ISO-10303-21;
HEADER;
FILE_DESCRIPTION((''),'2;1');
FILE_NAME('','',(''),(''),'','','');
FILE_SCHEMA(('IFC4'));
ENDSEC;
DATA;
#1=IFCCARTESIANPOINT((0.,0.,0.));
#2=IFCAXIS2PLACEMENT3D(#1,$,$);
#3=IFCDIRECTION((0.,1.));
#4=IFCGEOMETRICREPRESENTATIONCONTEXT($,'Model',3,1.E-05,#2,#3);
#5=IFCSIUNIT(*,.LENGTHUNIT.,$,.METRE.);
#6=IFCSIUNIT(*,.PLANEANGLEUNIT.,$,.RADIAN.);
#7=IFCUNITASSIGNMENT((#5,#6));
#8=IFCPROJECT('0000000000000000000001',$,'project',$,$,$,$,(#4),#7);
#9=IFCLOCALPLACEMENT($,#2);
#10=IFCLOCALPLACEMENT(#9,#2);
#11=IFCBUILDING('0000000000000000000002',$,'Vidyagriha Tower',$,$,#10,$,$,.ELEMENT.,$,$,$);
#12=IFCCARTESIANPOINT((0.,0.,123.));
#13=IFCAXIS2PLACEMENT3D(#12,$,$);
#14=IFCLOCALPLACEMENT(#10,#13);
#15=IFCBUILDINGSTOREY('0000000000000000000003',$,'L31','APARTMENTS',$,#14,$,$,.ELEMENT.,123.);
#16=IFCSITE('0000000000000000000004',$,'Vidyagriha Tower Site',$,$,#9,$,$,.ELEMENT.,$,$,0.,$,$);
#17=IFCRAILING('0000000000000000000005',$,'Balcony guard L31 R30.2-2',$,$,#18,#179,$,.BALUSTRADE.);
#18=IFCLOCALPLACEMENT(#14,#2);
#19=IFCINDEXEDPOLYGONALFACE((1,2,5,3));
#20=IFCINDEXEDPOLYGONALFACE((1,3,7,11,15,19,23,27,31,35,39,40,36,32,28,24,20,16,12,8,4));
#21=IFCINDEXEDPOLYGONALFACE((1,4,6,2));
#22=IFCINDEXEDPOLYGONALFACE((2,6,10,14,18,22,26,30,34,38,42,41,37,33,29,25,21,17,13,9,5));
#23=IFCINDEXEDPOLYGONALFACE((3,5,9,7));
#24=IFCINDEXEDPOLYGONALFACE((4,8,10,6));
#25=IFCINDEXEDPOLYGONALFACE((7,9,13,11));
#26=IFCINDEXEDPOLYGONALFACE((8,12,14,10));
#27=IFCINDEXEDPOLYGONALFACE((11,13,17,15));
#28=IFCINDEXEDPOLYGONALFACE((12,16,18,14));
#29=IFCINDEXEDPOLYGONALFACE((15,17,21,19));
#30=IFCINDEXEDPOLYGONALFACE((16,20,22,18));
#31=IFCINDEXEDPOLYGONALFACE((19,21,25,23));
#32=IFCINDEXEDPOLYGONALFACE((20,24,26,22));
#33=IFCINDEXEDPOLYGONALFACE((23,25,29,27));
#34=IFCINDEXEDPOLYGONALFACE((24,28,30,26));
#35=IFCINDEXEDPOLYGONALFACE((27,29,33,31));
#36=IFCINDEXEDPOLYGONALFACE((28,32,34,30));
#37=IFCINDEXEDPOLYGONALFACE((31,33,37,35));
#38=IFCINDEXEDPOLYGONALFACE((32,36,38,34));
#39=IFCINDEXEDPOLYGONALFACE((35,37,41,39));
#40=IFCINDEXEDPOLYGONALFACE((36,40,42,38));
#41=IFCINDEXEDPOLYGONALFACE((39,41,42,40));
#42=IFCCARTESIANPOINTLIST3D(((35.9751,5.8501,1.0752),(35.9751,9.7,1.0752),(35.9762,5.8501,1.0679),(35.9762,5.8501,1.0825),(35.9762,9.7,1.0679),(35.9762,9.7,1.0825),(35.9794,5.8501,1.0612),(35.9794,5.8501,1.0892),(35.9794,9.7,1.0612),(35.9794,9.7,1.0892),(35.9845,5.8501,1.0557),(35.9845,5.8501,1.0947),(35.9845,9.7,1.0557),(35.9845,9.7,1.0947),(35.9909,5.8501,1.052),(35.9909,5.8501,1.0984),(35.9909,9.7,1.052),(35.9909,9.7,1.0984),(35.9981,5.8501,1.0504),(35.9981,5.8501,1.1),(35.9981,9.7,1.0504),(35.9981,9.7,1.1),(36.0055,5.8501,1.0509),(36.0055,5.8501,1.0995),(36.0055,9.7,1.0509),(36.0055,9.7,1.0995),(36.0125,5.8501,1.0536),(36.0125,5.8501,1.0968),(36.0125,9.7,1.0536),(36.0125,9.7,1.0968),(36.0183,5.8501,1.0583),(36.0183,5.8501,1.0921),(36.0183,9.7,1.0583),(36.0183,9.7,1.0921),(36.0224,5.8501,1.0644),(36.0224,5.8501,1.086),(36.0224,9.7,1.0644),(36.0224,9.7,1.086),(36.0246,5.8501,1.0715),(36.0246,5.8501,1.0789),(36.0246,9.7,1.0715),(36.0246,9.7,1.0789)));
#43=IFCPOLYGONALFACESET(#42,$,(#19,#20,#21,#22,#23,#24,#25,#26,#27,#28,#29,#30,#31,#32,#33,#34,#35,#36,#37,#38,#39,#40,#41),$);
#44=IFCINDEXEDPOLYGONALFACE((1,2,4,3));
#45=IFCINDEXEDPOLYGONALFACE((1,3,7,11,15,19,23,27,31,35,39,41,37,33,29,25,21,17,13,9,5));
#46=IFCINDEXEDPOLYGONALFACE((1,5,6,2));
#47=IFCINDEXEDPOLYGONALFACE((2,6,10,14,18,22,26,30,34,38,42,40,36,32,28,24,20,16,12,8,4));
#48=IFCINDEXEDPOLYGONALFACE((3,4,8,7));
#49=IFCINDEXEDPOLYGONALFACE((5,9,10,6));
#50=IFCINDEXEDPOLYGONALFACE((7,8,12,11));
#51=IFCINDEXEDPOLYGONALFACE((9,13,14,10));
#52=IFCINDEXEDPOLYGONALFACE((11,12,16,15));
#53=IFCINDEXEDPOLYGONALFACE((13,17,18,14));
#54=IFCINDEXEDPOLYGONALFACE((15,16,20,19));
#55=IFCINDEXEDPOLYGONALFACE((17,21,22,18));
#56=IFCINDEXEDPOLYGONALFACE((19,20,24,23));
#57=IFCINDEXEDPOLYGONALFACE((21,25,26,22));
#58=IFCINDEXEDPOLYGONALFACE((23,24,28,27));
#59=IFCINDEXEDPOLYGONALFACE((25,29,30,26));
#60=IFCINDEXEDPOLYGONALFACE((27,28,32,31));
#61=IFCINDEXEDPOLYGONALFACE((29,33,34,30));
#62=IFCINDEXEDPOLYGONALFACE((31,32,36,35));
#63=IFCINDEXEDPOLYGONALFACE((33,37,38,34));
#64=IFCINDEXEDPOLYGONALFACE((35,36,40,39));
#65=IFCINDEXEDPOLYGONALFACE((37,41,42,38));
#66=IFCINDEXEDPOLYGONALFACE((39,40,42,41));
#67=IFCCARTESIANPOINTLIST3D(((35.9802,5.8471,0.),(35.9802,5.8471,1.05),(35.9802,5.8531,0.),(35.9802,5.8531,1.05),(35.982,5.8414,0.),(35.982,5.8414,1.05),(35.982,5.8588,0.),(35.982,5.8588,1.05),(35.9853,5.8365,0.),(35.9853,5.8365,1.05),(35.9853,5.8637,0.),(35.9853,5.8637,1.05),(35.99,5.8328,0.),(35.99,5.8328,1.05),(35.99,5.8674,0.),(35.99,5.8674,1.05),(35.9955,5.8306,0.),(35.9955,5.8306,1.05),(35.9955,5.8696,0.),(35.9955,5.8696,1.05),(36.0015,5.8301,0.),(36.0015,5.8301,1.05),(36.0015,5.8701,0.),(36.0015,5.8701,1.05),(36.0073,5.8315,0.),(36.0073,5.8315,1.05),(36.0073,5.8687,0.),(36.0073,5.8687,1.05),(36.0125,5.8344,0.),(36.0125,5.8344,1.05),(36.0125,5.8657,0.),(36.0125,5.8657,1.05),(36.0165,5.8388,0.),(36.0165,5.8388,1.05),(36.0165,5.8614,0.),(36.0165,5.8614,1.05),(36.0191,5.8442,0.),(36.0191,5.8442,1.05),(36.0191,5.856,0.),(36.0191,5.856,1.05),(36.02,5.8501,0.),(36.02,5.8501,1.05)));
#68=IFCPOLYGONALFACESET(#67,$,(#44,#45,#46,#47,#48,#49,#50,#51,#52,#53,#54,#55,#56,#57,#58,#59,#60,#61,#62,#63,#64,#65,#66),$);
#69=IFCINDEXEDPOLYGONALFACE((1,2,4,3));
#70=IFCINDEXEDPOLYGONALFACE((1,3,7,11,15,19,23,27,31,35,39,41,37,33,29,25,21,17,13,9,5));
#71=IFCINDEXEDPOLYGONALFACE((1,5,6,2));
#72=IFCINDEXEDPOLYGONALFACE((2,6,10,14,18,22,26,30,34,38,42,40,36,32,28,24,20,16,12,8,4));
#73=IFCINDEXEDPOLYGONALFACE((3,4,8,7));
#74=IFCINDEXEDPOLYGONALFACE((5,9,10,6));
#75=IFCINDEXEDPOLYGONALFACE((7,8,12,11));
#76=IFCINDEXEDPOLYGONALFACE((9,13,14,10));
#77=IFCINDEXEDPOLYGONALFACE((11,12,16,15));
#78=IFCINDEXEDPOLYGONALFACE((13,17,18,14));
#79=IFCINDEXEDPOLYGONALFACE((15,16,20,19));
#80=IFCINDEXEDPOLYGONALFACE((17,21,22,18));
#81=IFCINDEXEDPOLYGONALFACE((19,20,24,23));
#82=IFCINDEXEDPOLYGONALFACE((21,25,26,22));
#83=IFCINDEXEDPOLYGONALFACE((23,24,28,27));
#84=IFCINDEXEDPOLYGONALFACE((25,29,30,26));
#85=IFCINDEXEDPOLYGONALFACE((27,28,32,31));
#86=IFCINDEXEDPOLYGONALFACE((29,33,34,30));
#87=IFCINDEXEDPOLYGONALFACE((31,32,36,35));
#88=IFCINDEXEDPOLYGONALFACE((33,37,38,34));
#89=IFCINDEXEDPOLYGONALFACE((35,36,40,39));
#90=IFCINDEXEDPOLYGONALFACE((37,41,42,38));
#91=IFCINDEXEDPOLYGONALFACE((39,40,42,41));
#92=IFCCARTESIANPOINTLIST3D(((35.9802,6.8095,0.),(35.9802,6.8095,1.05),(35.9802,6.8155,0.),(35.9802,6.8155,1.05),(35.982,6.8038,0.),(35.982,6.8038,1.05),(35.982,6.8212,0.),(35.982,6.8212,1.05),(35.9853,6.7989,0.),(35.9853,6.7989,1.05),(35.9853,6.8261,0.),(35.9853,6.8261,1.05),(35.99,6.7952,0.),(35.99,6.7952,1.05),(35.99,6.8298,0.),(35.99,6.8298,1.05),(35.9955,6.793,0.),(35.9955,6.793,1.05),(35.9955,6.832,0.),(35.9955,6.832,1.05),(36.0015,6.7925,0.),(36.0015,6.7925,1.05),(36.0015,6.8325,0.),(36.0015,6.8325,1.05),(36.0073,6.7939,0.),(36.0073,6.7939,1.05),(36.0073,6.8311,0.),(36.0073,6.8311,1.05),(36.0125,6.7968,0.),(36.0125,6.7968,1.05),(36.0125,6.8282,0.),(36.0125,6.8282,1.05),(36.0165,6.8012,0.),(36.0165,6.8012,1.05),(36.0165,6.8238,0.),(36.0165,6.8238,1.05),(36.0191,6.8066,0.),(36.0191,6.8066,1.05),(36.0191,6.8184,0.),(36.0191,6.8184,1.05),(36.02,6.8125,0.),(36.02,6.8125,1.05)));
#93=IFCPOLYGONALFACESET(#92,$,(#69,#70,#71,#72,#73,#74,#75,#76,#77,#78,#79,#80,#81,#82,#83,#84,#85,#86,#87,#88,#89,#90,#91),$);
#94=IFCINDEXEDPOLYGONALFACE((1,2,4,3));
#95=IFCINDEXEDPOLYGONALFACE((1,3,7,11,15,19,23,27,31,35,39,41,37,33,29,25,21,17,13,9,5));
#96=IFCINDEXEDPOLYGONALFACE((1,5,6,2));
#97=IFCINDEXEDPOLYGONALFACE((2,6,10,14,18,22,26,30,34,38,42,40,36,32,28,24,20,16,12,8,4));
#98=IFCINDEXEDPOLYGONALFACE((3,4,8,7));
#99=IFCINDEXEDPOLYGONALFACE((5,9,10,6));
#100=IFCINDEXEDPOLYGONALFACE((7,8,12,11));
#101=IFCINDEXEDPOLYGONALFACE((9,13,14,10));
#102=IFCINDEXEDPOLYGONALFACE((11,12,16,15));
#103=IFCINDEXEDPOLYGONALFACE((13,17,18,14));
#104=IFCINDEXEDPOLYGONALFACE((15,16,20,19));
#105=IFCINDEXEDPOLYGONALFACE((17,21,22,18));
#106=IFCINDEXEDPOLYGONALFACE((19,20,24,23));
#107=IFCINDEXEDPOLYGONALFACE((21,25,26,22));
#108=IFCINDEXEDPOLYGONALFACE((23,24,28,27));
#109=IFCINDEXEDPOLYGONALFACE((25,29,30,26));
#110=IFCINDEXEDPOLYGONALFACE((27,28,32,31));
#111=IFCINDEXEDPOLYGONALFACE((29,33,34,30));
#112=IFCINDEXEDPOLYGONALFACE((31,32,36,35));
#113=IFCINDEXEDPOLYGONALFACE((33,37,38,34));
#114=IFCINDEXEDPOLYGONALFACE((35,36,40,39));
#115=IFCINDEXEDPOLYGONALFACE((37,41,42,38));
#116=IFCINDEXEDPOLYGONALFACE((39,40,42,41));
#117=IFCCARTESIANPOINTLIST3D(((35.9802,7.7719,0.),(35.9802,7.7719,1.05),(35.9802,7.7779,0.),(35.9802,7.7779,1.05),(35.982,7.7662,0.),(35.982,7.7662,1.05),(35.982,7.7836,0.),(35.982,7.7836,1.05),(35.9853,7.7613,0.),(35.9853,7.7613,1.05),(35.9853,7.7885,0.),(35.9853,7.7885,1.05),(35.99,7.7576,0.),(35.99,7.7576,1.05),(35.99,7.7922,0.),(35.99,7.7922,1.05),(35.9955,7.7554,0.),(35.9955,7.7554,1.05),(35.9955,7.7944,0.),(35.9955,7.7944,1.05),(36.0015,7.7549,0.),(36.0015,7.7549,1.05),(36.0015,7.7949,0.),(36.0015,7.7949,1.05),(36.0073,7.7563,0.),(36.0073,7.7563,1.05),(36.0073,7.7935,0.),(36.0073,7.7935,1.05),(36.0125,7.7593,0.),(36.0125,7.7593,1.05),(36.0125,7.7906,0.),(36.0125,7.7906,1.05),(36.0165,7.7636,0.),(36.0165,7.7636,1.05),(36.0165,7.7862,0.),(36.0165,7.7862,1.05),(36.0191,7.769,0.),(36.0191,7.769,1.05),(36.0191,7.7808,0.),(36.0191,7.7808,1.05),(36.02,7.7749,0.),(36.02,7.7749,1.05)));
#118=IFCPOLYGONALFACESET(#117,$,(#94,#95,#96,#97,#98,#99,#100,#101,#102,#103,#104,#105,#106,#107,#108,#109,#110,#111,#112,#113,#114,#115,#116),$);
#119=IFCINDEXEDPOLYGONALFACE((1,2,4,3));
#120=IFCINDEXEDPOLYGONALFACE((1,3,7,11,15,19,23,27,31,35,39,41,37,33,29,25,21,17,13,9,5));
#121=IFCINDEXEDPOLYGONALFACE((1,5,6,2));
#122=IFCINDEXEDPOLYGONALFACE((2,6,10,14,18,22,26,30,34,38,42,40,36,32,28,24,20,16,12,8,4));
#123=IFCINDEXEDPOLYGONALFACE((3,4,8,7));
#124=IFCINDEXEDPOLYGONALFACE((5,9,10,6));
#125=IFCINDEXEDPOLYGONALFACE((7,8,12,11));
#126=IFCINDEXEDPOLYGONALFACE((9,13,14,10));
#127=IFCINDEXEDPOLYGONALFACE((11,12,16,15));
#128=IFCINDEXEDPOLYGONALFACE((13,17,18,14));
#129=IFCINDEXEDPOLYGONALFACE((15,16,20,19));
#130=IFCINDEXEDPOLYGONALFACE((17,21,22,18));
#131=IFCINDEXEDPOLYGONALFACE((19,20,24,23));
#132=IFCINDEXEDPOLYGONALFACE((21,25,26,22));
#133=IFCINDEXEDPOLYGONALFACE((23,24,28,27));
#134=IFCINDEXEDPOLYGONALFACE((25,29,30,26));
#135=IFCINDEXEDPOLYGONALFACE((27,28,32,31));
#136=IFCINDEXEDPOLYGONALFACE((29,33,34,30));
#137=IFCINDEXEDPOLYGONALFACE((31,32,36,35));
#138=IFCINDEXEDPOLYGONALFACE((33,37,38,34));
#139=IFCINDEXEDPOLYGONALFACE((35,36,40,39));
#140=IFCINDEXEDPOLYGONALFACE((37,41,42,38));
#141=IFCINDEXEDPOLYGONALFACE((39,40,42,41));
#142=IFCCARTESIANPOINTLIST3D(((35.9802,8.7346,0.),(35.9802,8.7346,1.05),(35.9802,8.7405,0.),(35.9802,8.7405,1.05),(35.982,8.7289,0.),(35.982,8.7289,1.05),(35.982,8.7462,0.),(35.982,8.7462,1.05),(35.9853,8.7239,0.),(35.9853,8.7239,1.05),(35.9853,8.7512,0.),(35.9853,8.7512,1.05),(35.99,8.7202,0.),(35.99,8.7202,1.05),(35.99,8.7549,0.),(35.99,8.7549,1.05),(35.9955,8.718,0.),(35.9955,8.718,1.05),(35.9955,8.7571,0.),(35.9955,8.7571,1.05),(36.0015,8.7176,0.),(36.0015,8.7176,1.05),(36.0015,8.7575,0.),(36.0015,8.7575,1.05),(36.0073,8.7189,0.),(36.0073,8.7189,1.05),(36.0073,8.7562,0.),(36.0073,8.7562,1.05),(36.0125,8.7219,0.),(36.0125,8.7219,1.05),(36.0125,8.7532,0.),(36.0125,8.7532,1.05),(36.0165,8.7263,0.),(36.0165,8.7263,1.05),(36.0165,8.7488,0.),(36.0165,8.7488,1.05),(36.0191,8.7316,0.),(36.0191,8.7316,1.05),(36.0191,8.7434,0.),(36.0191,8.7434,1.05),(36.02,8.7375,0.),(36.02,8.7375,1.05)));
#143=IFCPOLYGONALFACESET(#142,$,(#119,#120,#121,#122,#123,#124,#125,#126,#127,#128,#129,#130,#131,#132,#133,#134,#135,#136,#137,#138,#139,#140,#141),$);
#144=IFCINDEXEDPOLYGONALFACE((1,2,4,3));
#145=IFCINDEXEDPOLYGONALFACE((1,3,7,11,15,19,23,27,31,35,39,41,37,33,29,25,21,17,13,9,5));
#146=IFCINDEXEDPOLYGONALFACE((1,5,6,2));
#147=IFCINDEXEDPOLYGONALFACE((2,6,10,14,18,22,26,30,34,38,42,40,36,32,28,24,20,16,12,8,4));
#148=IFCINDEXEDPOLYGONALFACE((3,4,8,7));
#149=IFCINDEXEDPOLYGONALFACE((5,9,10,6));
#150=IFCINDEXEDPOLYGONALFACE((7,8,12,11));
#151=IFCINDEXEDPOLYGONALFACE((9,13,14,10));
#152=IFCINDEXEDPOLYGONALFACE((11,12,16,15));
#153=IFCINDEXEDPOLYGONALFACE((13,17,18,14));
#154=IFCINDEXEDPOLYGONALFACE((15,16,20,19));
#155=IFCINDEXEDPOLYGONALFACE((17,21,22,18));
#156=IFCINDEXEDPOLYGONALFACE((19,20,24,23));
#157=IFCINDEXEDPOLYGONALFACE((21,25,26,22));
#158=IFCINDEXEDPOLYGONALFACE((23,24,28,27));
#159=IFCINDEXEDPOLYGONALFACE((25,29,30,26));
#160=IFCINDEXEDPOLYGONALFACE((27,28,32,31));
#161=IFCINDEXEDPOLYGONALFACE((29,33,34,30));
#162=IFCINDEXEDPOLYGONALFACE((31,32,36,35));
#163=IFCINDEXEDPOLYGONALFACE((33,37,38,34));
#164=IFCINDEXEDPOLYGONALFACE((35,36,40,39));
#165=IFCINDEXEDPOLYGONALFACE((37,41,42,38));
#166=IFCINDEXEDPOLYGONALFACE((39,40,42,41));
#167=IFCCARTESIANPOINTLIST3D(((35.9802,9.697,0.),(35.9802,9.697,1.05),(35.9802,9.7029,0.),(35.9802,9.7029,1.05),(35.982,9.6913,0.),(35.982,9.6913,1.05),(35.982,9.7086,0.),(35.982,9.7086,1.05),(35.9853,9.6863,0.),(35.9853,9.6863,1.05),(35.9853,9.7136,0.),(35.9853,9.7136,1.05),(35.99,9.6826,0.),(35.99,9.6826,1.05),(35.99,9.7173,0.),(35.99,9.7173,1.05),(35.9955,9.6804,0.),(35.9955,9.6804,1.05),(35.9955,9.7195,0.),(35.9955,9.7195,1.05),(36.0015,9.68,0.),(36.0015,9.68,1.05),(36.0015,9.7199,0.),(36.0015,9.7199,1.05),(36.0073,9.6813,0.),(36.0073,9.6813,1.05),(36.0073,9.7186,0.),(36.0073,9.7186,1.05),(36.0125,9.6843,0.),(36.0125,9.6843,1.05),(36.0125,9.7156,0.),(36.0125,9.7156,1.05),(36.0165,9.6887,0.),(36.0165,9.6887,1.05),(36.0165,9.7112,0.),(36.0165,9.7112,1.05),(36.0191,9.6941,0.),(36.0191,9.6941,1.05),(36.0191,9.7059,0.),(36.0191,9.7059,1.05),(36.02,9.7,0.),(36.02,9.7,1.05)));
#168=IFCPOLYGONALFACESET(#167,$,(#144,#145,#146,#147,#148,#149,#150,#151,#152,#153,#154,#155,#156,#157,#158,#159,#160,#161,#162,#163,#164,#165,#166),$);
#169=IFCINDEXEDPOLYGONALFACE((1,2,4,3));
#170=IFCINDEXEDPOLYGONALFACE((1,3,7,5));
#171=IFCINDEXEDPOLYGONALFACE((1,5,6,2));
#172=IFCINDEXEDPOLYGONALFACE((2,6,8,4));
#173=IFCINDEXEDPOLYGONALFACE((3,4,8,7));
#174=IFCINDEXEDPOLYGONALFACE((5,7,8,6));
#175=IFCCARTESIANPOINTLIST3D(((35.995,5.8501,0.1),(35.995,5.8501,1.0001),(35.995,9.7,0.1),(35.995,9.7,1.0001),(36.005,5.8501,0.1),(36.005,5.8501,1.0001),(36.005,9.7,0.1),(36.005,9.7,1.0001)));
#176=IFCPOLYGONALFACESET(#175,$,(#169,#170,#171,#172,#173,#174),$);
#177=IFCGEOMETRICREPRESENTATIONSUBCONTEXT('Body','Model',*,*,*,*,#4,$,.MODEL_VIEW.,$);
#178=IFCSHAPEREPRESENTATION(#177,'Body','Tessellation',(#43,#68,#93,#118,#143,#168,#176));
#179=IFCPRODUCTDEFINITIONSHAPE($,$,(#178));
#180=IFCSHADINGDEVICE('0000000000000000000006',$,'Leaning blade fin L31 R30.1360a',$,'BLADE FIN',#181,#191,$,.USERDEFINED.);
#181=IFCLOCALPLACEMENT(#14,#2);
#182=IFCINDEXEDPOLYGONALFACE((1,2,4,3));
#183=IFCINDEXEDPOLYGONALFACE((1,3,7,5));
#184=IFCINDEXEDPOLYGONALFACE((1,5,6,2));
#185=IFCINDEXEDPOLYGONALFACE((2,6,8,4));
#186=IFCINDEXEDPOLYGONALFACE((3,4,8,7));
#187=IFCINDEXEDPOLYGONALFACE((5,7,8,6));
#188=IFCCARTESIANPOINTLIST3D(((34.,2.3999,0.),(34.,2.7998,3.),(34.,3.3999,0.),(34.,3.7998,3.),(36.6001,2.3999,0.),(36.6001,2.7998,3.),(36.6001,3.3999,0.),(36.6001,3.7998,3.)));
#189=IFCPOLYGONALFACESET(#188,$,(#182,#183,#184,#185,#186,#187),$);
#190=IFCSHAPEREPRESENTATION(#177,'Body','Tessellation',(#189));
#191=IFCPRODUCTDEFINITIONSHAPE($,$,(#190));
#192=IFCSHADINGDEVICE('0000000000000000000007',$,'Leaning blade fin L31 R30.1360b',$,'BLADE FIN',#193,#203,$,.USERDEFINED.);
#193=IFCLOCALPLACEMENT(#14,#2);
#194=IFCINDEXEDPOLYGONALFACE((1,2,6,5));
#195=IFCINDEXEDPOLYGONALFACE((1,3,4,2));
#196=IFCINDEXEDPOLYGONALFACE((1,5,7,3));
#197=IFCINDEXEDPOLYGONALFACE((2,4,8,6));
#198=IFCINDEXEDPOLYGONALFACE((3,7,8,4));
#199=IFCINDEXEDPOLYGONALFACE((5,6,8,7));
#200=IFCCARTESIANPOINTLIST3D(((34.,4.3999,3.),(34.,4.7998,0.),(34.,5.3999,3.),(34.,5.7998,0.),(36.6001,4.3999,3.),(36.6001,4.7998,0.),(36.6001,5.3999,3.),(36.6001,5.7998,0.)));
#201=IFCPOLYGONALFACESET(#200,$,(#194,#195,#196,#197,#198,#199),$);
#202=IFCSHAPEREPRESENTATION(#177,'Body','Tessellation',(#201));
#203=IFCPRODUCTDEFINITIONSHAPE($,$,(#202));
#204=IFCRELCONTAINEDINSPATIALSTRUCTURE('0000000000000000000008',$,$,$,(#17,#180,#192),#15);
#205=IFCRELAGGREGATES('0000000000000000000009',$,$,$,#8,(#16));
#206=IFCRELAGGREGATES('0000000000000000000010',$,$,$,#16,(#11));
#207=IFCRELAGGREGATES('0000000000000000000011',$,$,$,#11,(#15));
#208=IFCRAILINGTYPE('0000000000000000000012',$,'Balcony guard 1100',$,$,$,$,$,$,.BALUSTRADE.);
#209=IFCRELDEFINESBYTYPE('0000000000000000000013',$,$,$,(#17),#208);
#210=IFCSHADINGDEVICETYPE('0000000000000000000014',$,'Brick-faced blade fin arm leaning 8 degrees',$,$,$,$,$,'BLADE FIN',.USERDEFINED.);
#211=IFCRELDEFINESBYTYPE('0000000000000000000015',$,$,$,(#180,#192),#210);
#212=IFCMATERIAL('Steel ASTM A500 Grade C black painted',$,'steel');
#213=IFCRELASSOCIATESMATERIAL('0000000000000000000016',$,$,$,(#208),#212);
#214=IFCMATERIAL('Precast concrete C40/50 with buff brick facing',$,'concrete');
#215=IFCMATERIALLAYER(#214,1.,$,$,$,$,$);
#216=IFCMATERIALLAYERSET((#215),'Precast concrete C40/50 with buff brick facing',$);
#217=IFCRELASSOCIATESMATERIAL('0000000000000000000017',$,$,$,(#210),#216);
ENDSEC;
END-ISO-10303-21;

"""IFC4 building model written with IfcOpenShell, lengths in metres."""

from ifc_helpers import new_model, si_unit, direction, frame, origin, origin_2d, place, context, subcontext, project, spatial, polyline, rectangle, circle, outline, extrude, material, layer, layer_set, type_object, element, save


model = new_model("IFC4")

# Units and contexts
model_context = context("Model", 3, precision=1e-05, world=origin(), true_north=direction((0.0, 1.0)))
body_context = subcontext(model_context, "Body", "Model", "MODEL_VIEW")
ifc_project = project(units=[si_unit("LENGTHUNIT", "METRE"), si_unit("PLANEANGLEUNIT", "RADIAN")], contexts=[model_context])

# Site, building, storey
site_placement = place(None, origin())
site = spatial("IfcSite", under=ifc_project, at=site_placement, Name="Vidyagriha Tower Site", CompositionType="ELEMENT", RefElevation=0.0)
building_placement = place(site_placement, origin())
building = spatial("IfcBuilding", under=site, at=building_placement, Name="Vidyagriha Tower", CompositionType="ELEMENT")
storey_placement = place(building_placement, frame((0.0, 0.0, 123.0)))
storey = spatial("IfcBuildingStorey", under=building, at=storey_placement, Name="L31", Description="APARTMENTS", CompositionType="ELEMENT", Elevation=123.0)

# Railing
ifc_material_1 = material(Name="Steel ASTM A500 Grade C black painted", Category="steel")
railing_type_1 = type_object("IfcRailingType", Name="Balcony guard 1100", PredefinedType="BALUSTRADE", material=ifc_material_1)
railing_1_placement = place(storey_placement, frame((36.0, 5.8501, 0.0)))
element("IfcRailing", 1, at=railing_1_placement, inside=storey, type_object=railing_type_1, Name="Balcony guard L31 R30.2-2", PredefinedType="BALUSTRADE", context=body_context, shape_type="SweptSolid", body=[
    extrude(circle(Radius=0.0249, at=origin_2d()), frame((0.0, 0.0, 1.0752), z_axis=(0.0, 1.0, 0.0), x_axis=(-1.0, 0.0, 0.0)), (0.0, 0.0, 1.0), 3.8499),
    extrude(circle(Radius=0.02, at=origin_2d()), origin(), (0.0, 0.0, 1.0), 1.05),
    extrude(circle(Radius=0.02, at=origin_2d()), frame((0.0, 0.9624, 0.0)), (0.0, 0.0, 1.0), 1.05),
    extrude(circle(Radius=0.02, at=origin_2d()), frame((0.0, 1.9248, 0.0)), (0.0, 0.0, 1.0), 1.05),
    extrude(circle(Radius=0.02, at=origin_2d()), frame((0.0, 2.8875, 0.0)), (0.0, 0.0, 1.0), 1.05),
    extrude(circle(Radius=0.02, at=origin_2d()), frame((0.0, 3.8499, 0.0)), (0.0, 0.0, 1.0), 1.05),
    extrude(rectangle(XDim=0.01, YDim=0.9001, at=origin_2d()), frame((0.0, 0.0, 0.55), z_axis=(0.0, 1.0, 0.0), x_axis=(-1.0, 0.0, 0.0)), (0.0, 0.0, 1.0), 3.8499),
])

# Shading devices
ifc_material_2 = material(Name="Precast concrete C40/50 with buff brick facing", Category="concrete")
ifc_layer_1 = layer(ifc_material_2, 1.0)
ifc_layer_set_1 = layer_set([ifc_layer_1], Name="Precast concrete C40/50 with buff brick facing")
shading_device_type_1 = type_object("IfcShadingDeviceType", Name="Brick-faced blade fin arm leaning 8 degrees", ElementType="BLADE FIN", PredefinedType="USERDEFINED", material=ifc_layer_set_1)
shading_device_1_placement = place(storey_placement, frame((35.3, 2.3999, 0.0), z_axis=(0.0, 0.0, 1.0), x_axis=(0.0, 1.0, 0.0)))
element("IfcShadingDevice", 2, at=shading_device_1_placement, inside=storey, type_object=shading_device_type_1, Name="Leaning blade fin L31 R30.1360a", ObjectType="BLADE FIN", PredefinedType="USERDEFINED", context=body_context, shape_type="SweptSolid", body=[
    extrude(outline(polyline([(0.0, 0.0), (1.0, 0.0), (1.3999, 3.0), (0.3999, 3.0), (0.0, 0.0)])), frame((0.0, 1.3, 0.0), z_axis=(0.0, -1.0, 0.0), x_axis=(1.0, 0.0, 0.0)), (0.0, 0.0, 1.0), 2.6001),
])
shading_device_2_placement = place(storey_placement, frame((35.3, 4.3999, 0.0), z_axis=(0.0, 0.0, 1.0), x_axis=(0.0, 1.0, 0.0)))
element("IfcShadingDevice", 3, at=shading_device_2_placement, inside=storey, type_object=shading_device_type_1, Name="Leaning blade fin L31 R30.1360b", ObjectType="BLADE FIN", PredefinedType="USERDEFINED", context=body_context, shape_type="SweptSolid", body=[
    extrude(outline(polyline([(0.3999, 0.0), (1.3999, 0.0), (1.0, 3.0), (0.0, 3.0), (0.3999, 0.0)])), frame((0.0, 1.3, 0.0), z_axis=(0.0, -1.0, 0.0), x_axis=(1.0, 0.0, 0.0)), (0.0, 0.0, 1.0), 2.6001),
])

save(model, "model.ifc")
